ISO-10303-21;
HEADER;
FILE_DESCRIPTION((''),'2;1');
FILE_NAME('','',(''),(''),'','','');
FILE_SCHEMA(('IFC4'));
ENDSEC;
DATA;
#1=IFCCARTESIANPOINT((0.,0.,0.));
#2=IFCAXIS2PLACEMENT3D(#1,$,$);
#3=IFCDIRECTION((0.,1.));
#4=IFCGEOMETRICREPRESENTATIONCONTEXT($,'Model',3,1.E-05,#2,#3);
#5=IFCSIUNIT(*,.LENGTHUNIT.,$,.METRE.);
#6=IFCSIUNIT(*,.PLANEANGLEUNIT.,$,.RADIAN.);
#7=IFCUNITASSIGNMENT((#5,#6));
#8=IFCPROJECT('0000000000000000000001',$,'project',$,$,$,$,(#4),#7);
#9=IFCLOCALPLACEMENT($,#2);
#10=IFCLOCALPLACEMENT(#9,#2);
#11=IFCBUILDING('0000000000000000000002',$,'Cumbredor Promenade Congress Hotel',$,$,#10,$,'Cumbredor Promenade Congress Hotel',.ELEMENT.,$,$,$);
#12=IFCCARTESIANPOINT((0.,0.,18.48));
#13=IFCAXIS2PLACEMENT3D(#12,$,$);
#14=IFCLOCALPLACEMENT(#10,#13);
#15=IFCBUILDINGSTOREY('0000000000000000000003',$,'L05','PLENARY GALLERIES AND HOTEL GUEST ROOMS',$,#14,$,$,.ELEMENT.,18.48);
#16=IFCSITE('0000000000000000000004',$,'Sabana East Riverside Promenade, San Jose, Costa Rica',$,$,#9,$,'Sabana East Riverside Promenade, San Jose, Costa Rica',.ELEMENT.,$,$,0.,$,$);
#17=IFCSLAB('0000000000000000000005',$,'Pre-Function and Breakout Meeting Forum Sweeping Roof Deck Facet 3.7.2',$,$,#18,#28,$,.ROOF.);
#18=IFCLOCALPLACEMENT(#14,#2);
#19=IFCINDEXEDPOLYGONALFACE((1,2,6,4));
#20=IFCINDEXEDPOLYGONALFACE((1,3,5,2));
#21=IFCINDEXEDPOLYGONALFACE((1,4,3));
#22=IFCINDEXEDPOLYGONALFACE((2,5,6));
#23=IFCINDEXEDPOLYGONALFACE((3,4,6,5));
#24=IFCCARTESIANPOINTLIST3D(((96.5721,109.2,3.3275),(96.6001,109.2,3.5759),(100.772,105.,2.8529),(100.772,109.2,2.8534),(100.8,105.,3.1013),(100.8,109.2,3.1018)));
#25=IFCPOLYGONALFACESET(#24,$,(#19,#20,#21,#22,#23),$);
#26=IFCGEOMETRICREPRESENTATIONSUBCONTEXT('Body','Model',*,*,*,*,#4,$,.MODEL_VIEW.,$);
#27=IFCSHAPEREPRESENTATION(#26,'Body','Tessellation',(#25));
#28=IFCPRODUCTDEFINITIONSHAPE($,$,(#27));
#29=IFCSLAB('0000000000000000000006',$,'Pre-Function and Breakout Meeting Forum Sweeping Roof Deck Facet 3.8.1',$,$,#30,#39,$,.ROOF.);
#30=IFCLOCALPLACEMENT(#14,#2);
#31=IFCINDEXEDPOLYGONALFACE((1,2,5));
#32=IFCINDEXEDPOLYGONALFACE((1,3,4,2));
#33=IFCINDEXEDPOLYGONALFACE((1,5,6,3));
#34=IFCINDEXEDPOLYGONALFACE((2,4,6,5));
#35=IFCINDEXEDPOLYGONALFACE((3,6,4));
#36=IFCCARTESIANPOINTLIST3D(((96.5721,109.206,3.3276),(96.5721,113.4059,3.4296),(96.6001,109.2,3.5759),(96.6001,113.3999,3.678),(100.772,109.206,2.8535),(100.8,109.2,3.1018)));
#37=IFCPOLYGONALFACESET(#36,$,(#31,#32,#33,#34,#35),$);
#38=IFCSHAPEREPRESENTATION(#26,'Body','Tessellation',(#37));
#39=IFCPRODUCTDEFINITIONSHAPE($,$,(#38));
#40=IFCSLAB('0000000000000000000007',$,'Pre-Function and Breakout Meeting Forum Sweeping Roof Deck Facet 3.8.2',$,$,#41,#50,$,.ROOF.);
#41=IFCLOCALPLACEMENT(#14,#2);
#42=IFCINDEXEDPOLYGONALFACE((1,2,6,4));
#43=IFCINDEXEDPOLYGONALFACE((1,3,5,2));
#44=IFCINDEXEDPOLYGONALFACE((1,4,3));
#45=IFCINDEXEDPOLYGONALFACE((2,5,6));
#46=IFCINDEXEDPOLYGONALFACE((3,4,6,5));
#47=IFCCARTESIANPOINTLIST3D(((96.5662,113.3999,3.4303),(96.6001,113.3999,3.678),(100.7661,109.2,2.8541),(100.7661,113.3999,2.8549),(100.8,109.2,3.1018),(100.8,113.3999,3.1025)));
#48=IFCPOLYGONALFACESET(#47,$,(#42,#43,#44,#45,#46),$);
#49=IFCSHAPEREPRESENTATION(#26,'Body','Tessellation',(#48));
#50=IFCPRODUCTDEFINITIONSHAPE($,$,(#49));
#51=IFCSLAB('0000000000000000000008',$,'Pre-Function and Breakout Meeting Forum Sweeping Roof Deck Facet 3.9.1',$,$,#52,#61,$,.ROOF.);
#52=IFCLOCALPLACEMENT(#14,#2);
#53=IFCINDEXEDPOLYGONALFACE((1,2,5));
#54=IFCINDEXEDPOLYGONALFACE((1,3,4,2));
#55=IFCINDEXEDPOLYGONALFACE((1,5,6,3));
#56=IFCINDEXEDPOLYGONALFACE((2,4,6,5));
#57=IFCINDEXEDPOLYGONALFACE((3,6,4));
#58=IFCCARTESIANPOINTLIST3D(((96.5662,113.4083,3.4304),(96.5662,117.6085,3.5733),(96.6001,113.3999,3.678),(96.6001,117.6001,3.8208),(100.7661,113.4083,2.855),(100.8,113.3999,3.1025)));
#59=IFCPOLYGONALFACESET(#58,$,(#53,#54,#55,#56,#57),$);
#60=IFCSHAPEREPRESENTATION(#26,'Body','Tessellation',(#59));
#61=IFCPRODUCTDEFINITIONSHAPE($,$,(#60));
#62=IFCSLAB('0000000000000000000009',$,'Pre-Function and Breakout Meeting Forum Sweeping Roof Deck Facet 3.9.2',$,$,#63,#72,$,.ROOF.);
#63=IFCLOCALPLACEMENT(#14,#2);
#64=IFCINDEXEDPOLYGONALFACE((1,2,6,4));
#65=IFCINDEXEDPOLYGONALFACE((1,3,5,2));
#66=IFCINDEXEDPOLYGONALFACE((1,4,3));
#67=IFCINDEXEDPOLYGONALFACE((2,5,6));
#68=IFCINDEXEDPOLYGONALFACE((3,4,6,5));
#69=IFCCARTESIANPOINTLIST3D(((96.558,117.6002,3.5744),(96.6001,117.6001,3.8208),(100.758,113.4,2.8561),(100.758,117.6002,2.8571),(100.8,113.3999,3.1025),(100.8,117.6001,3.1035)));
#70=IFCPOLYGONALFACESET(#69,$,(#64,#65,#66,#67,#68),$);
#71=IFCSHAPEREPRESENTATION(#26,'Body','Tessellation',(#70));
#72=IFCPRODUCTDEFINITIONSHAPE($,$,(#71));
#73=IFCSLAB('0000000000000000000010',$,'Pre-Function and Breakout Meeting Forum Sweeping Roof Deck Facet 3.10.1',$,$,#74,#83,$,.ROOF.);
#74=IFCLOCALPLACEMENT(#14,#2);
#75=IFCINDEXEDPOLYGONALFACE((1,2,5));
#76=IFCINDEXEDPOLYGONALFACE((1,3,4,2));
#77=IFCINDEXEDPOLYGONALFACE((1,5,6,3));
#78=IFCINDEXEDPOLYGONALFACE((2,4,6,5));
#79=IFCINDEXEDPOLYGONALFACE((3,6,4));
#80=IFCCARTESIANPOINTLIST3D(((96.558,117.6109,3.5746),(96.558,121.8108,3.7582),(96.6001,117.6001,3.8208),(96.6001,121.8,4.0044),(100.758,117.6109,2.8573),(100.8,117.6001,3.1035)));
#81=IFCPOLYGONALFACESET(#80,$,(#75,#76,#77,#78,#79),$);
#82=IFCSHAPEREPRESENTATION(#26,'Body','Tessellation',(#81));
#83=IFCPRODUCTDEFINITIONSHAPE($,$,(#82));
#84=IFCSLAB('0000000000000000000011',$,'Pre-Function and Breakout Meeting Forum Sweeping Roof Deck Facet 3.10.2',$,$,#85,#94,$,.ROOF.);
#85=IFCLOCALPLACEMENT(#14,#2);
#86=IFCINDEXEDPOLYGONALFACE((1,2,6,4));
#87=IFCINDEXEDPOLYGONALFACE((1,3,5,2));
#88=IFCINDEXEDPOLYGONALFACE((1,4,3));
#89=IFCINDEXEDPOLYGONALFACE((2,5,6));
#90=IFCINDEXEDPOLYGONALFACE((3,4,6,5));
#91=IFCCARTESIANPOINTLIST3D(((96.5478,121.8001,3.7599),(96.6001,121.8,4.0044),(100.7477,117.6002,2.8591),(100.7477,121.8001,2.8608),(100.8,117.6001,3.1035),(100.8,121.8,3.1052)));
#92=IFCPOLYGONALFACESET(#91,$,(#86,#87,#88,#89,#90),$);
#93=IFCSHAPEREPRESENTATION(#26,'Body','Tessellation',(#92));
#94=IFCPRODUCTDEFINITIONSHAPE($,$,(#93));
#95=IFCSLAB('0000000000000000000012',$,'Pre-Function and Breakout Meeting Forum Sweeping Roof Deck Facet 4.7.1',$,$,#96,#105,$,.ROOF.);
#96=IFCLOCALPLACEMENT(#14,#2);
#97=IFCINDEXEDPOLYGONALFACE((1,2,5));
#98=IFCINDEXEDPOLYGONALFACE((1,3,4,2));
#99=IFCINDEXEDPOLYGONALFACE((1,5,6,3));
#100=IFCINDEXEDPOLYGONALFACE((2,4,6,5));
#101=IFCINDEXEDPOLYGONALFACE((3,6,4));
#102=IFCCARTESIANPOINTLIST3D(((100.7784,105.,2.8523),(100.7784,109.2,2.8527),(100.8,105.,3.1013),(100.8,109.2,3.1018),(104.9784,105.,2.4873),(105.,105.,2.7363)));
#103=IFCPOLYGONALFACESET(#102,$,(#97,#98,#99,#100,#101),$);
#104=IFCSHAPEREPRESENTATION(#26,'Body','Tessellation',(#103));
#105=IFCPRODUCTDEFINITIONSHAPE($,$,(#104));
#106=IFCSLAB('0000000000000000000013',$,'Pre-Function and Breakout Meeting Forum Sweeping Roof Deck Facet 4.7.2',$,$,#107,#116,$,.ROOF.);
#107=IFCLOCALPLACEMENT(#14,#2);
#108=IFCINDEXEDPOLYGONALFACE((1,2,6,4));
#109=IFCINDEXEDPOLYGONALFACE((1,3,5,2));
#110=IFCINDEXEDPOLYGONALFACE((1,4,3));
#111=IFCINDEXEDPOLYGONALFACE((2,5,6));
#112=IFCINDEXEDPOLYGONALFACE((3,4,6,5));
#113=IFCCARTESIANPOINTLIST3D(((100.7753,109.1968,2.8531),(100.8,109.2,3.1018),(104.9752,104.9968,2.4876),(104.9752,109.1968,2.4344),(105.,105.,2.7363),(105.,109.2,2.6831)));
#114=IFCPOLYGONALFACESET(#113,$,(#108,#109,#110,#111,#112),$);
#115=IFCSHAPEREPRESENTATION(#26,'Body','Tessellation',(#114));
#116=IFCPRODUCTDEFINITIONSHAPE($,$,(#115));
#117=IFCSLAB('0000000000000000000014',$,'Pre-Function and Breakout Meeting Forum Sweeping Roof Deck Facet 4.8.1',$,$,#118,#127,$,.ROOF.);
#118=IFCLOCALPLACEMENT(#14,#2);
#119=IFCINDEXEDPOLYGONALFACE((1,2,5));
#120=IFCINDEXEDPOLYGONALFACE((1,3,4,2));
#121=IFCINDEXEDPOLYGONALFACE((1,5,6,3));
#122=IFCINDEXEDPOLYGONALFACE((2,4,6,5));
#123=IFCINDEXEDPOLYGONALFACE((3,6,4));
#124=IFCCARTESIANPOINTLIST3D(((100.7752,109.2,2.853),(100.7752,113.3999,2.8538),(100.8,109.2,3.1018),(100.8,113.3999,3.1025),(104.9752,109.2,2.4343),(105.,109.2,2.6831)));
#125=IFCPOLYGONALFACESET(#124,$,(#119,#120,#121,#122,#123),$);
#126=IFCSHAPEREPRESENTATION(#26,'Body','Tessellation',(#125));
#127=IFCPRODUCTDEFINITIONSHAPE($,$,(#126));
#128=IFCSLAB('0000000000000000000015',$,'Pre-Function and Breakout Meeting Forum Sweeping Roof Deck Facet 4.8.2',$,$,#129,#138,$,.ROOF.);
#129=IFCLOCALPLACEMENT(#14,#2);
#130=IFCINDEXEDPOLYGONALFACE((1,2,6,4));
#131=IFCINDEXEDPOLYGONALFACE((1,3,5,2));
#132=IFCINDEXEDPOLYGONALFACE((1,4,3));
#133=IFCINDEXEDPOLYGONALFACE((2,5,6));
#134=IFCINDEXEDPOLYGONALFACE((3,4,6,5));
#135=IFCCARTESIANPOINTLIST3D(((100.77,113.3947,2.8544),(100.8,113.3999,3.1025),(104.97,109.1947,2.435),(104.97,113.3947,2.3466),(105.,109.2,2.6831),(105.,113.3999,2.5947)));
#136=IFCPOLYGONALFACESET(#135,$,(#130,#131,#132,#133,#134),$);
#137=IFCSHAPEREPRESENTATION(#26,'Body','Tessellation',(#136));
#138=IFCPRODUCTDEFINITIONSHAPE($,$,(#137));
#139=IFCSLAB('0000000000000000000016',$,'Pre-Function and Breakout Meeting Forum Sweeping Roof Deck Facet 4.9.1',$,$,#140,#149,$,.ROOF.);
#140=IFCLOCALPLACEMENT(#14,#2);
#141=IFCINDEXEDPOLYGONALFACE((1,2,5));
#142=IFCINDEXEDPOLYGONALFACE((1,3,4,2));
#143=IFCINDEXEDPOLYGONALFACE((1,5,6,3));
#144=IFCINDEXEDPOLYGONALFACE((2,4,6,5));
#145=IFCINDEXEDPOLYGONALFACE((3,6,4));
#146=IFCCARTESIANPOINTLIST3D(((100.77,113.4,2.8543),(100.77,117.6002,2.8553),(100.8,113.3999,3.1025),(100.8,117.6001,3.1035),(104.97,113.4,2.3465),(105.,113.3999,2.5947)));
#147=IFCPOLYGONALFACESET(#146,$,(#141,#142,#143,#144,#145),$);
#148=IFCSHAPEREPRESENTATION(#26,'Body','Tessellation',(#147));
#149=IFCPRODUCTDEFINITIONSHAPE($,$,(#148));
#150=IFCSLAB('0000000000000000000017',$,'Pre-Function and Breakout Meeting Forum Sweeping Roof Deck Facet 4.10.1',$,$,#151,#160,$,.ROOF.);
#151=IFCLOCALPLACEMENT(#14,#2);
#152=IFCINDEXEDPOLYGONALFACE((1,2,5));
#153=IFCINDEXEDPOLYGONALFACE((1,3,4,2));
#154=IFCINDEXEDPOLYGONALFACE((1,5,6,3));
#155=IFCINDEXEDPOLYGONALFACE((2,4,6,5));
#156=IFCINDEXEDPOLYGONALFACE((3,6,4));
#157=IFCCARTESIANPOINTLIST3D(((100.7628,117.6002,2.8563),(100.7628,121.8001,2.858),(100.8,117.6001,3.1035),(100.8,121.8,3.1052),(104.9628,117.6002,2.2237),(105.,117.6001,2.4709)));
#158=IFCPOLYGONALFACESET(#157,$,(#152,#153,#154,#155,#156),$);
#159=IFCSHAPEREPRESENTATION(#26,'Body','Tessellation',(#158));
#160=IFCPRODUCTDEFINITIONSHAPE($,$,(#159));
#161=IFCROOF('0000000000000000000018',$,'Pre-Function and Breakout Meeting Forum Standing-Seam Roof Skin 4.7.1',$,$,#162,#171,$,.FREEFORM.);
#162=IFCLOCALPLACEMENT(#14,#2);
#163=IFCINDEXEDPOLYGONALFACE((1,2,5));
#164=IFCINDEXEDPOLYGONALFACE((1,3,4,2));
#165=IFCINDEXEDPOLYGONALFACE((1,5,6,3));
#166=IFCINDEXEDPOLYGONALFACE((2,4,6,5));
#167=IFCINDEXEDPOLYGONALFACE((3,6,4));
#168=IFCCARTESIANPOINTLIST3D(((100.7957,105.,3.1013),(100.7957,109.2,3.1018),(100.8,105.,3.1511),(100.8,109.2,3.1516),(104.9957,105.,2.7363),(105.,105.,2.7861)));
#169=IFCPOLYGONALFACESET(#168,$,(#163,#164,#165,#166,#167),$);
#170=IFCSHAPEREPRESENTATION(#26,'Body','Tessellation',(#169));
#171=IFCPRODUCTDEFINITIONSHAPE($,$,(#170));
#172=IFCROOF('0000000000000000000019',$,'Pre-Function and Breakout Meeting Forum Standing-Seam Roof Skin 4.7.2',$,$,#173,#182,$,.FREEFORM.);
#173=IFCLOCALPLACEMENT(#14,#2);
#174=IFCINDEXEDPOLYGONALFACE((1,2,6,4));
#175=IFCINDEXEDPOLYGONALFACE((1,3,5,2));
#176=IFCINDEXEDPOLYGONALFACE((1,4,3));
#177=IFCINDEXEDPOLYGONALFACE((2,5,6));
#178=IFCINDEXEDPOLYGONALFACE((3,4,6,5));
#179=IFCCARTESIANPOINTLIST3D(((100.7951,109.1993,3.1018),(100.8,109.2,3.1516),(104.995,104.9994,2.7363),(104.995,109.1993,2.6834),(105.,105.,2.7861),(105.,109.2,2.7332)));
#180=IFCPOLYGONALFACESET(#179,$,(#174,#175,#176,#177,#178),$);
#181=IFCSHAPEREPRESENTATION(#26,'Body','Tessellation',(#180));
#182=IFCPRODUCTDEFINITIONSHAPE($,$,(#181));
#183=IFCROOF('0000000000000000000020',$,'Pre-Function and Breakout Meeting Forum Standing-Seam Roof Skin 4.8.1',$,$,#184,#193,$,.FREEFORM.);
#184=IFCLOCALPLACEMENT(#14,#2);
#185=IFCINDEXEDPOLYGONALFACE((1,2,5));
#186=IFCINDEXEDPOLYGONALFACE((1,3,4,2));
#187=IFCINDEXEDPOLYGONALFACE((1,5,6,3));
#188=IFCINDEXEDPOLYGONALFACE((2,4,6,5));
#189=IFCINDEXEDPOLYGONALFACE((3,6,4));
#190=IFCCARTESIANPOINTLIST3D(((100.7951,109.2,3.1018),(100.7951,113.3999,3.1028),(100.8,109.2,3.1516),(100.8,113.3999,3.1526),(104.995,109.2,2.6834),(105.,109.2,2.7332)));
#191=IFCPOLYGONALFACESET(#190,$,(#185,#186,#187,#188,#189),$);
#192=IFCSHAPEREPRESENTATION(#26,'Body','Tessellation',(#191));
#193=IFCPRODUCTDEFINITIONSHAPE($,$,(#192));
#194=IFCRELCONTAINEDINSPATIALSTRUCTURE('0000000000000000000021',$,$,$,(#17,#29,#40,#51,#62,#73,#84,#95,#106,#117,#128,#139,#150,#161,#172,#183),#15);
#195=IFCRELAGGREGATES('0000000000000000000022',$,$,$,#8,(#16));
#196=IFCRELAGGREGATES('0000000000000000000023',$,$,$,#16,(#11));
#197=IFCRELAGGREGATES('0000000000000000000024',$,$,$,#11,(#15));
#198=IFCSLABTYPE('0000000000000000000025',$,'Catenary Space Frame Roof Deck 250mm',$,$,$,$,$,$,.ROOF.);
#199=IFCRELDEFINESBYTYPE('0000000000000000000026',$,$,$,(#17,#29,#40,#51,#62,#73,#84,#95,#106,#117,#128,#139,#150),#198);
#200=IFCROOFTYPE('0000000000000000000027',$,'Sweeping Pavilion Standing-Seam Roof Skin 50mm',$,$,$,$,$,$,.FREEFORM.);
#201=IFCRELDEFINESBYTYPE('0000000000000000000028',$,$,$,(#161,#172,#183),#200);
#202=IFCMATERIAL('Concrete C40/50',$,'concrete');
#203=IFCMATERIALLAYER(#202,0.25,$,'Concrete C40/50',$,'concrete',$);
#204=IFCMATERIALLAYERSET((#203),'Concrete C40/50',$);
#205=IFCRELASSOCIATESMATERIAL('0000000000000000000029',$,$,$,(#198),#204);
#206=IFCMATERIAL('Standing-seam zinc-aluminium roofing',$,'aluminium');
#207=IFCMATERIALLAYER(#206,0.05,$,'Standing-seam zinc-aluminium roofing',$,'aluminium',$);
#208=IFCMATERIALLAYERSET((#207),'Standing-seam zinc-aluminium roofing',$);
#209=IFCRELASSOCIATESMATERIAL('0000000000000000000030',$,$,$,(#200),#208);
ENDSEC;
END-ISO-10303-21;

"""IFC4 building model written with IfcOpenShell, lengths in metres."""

from ifc_helpers import new_model, si_unit, direction, frame, origin, place, context, subcontext, project, spatial, polyline, outline, extrude, material, layer, layer_set, type_object, element, save


model = new_model("IFC4")

# Units and contexts
model_context = context("Model", 3, precision=1e-05, world=origin(), true_north=direction((0.0, 1.0)))
body_context = subcontext(model_context, "Body", "Model", "MODEL_VIEW")
ifc_project = project(units=[si_unit("LENGTHUNIT", "METRE"), si_unit("PLANEANGLEUNIT", "RADIAN")], contexts=[model_context])

# Site, building, storey
site_placement = place(None, origin())
site = spatial("IfcSite", under=ifc_project, at=site_placement, Name="Sabana East Riverside Promenade, San Jose, Costa Rica", LongName="Sabana East Riverside Promenade, San Jose, Costa Rica", CompositionType="ELEMENT", RefElevation=0.0)
building_placement = place(site_placement, origin())
building = spatial("IfcBuilding", under=site, at=building_placement, Name="Cumbredor Promenade Congress Hotel", LongName="Cumbredor Promenade Congress Hotel", CompositionType="ELEMENT")
storey_placement = place(building_placement, frame((0.0, 0.0, 18.48)))
storey = spatial("IfcBuildingStorey", under=building, at=storey_placement, Name="L05", Description="PLENARY GALLERIES AND HOTEL GUEST ROOMS", CompositionType="ELEMENT", Elevation=18.48)

# Slabs
ifc_material_1 = material(Name="Concrete C40/50", Category="concrete")
ifc_layer_1 = layer(ifc_material_1, 0.25, Name="Concrete C40/50", Category="concrete")
ifc_layer_set_1 = layer_set([ifc_layer_1], Name="Concrete C40/50")
slab_type = type_object("IfcSlabType", Name="Catenary Space Frame Roof Deck 250mm", PredefinedType="ROOF", material=ifc_layer_set_1)
slab_1_placement = place(storey_placement, frame((100.8, 105.0, 3.1013), z_axis=(0.112175, -0.000116, 0.993688), x_axis=(0.0, 1.0, 0.000116)))
element("IfcSlab", 1, at=slab_1_placement, inside=storey, type_object=slab_type, Name="Pre-Function and Breakout Meeting Forum Sweeping Roof Deck Facet 3.7.2", PredefinedType="ROOF", context=body_context, shape_type="SweptSolid", body=[
    extrude(outline(polyline([(0.0, 0.0), (4.2, 0.0), (4.2, 4.2266), (0.0, 0.0)])), origin(), (0.0, 0.0, -1.0), 0.25),
])
slab_2_placement = place(storey_placement, frame((96.6001, 109.2, 3.5759), z_axis=(0.112142, -0.024138, 0.993399), x_axis=(0.993688, 0.0, -0.112175)))
element("IfcSlab", 2, at=slab_2_placement, inside=storey, type_object=slab_type, Name="Pre-Function and Breakout Meeting Forum Sweeping Roof Deck Facet 3.8.1", PredefinedType="ROOF", context=body_context, shape_type="SweptSolid", body=[
    extrude(outline(polyline([(0.0, 0.0), (4.2266, 0.0), (-0.0114, 4.2012), (0.0, 0.0)])), origin(), (0.0, 0.0, -1.0), 0.25),
])
slab_3_placement = place(storey_placement, frame((100.8, 109.2, 3.1018), z_axis=(0.135743, -0.000173, 0.990744), x_axis=(0.0, 1.0, 0.000174)))
element("IfcSlab", 3, at=slab_3_placement, inside=storey, type_object=slab_type, Name="Pre-Function and Breakout Meeting Forum Sweeping Roof Deck Facet 3.8.2", PredefinedType="ROOF", context=body_context, shape_type="SweptSolid", body=[
    extrude(outline(polyline([(0.0, 0.0), (4.2, 0.0), (4.2001, 4.2392), (0.0, 0.0)])), origin(), (0.0, 0.0, -1.0), 0.25),
])
slab_4_placement = place(storey_placement, frame((96.6001, 113.3999, 3.678), z_axis=(0.135666, -0.03367, 0.990182), x_axis=(0.990744, 0.0, -0.135743)))
element("IfcSlab", 4, at=slab_4_placement, inside=storey, type_object=slab_type, Name="Pre-Function and Breakout Meeting Forum Sweeping Roof Deck Facet 3.9.1", PredefinedType="ROOF", context=body_context, shape_type="SweptSolid", body=[
    extrude(outline(polyline([(0.0, 0.0), (4.2392, 0.0), (-0.0194, 4.2026), (0.0, 0.0)])), origin(), (0.0, 0.0, -1.0), 0.25),
])
slab_5_placement = place(storey_placement, frame((100.8, 113.3999, 3.1025), z_axis=(0.168347, -0.000229, 0.985728), x_axis=(0.0, 1.0, 0.000233)))
element("IfcSlab", 5, at=slab_5_placement, inside=storey, type_object=slab_type, Name="Pre-Function and Breakout Meeting Forum Sweeping Roof Deck Facet 3.9.2", PredefinedType="ROOF", context=body_context, shape_type="SweptSolid", body=[
    extrude(outline(polyline([(0.0, 0.0), (4.2002, 0.0), (4.2004, 4.2608), (0.0, 0.0)])), origin(), (0.0, 0.0, -1.0), 0.25),
])
slab_6_placement = place(storey_placement, frame((96.6001, 117.6001, 3.8208), z_axis=(0.168191, -0.043049, 0.984814), x_axis=(0.985728, 0.0, -0.168347)))
element("IfcSlab", 6, at=slab_6_placement, inside=storey, type_object=slab_type, Name="Pre-Function and Breakout Meeting Forum Sweeping Roof Deck Facet 3.10.1", PredefinedType="ROOF", context=body_context, shape_type="SweptSolid", body=[
    extrude(outline(polyline([(0.0, 0.0), (4.2608, 0.0), (-0.0309, 4.2038), (0.0, 0.0)])), origin(), (0.0, 0.0, -1.0), 0.25),
])
slab_7_placement = place(storey_placement, frame((100.8, 117.6001, 3.1035), z_axis=(0.209347, -0.000398, 0.977841), x_axis=(0.0, 1.0, 0.000407)))
element("IfcSlab", 7, at=slab_7_placement, inside=storey, type_object=slab_type, Name="Pre-Function and Breakout Meeting Forum Sweeping Roof Deck Facet 3.10.2", PredefinedType="ROOF", context=body_context, shape_type="SweptSolid", body=[
    extrude(outline(polyline([(0.0, 0.0), (4.2, 0.0), (4.2003, 4.2951), (0.0, 0.0)])), origin(), (0.0, 0.0, -1.0), 0.25),
])
slab_8_placement = place(storey_placement, frame((100.8, 105.0, 3.1013), z_axis=(0.086577, -0.000116, 0.996245), x_axis=(0.996245, 0.0, -0.086577)))
element("IfcSlab", 8, at=slab_8_placement, inside=storey, type_object=slab_type, Name="Pre-Function and Breakout Meeting Forum Sweeping Roof Deck Facet 4.7.1", PredefinedType="ROOF", context=body_context, shape_type="SweptSolid", body=[
    extrude(outline(polyline([(0.0, 0.0), (4.2158, 0.0), (0.0, 4.2), (0.0, 0.0)])), origin(), (0.0, 0.0, -1.0), 0.25),
])
slab_9_placement = place(storey_placement, frame((105.0, 105.0, 2.7363), z_axis=(0.099192, 0.012609, 0.994988), x_axis=(0.0, 0.99992, -0.012671)))
element("IfcSlab", 9, at=slab_9_placement, inside=storey, type_object=slab_type, Name="Pre-Function and Breakout Meeting Forum Sweeping Roof Deck Facet 4.7.2", PredefinedType="ROOF", context=body_context, shape_type="SweptSolid", body=[
    extrude(outline(polyline([(0.0, 0.0), (4.2003, 0.0), (4.195, 4.2208), (0.0, 0.0)])), origin(), (0.0, 0.0, -1.0), 0.25),
])
slab_10_placement = place(storey_placement, frame((100.8, 109.2, 3.1018), z_axis=(0.0992, -0.000174, 0.995067), x_axis=(0.995067, 0.0, -0.0992)))
element("IfcSlab", 10, at=slab_10_placement, inside=storey, type_object=slab_type, Name="Pre-Function and Breakout Meeting Forum Sweeping Roof Deck Facet 4.8.1", PredefinedType="ROOF", context=body_context, shape_type="SweptSolid", body=[
    extrude(outline(polyline([(0.0, 0.0), (4.2208, 0.0), (-0.0001, 4.2), (0.0, 0.0)])), origin(), (0.0, 0.0, -1.0), 0.25),
])
slab_11_placement = place(storey_placement, frame((105.0, 109.2, 2.6831), z_axis=(0.120009, 0.020886, 0.992553), x_axis=(0.0, 0.999779, -0.021038)))
element("IfcSlab", 11, at=slab_11_placement, inside=storey, type_object=slab_type, Name="Pre-Function and Breakout Meeting Forum Sweeping Roof Deck Facet 4.8.2", PredefinedType="ROOF", context=body_context, shape_type="SweptSolid", body=[
    extrude(outline(polyline([(0.0, 0.0), (4.2009, 0.0), (4.1902, 4.2305), (0.0, 0.0)])), origin(), (0.0, 0.0, -1.0), 0.25),
])
slab_12_placement = place(storey_placement, frame((100.8, 113.3999, 3.1025), z_axis=(0.120035, -0.000231, 0.99277), x_axis=(0.99277, 0.0, -0.120035)))
element("IfcSlab", 12, at=slab_12_placement, inside=storey, type_object=slab_type, Name="Pre-Function and Breakout Meeting Forum Sweeping Roof Deck Facet 4.9.1", PredefinedType="ROOF", context=body_context, shape_type="SweptSolid", body=[
    extrude(outline(polyline([(0.0, 0.0), (4.2305, 0.0), (-0.0001, 4.2002), (0.0, 0.0)])), origin(), (0.0, 0.0, -1.0), 0.25),
])
slab_13_placement = place(storey_placement, frame((100.8, 117.6001, 3.1035), z_axis=(0.148933, -0.000402, 0.988847), x_axis=(0.988847, 0.0, -0.148934)))
element("IfcSlab", 13, at=slab_13_placement, inside=storey, type_object=slab_type, Name="Pre-Function and Breakout Meeting Forum Sweeping Roof Deck Facet 4.10.1", PredefinedType="ROOF", context=body_context, shape_type="SweptSolid", body=[
    extrude(outline(polyline([(0.0, 0.0), (4.2473, 0.0), (-0.0003, 4.2), (0.0, 0.0)])), origin(), (0.0, 0.0, -1.0), 0.25),
])

# Roofs
ifc_material_2 = material(Name="Standing-seam zinc-aluminium roofing", Category="aluminium")
ifc_layer_2 = layer(ifc_material_2, 0.05, Name="Standing-seam zinc-aluminium roofing", Category="aluminium")
ifc_layer_set_2 = layer_set([ifc_layer_2], Name="Standing-seam zinc-aluminium roofing")
roof_type = type_object("IfcRoofType", Name="Sweeping Pavilion Standing-Seam Roof Skin 50mm", PredefinedType="FREEFORM", material=ifc_layer_set_2)
roof_1_placement = place(storey_placement, frame((100.8, 105.0, 3.1511), z_axis=(0.086577, -0.000116, 0.996245), x_axis=(0.996245, 0.0, -0.086577)))
element("IfcRoof", 14, at=roof_1_placement, inside=storey, type_object=roof_type, Name="Pre-Function and Breakout Meeting Forum Standing-Seam Roof Skin 4.7.1", PredefinedType="FREEFORM", context=body_context, shape_type="SweptSolid", body=[
    extrude(outline(polyline([(0.0, 0.0), (4.2158, 0.0), (0.0, 4.2), (0.0, 0.0)])), origin(), (0.0, 0.0, -1.0), 0.05),
])
roof_2_placement = place(storey_placement, frame((105.0, 105.0, 2.7861), z_axis=(0.099135, 0.012551, 0.994995), x_axis=(0.0, 0.99992, -0.012613)))
element("IfcRoof", 15, at=roof_2_placement, inside=storey, type_object=roof_type, Name="Pre-Function and Breakout Meeting Forum Standing-Seam Roof Skin 4.7.2", PredefinedType="FREEFORM", context=body_context, shape_type="SweptSolid", body=[
    extrude(outline(polyline([(0.0, 0.0), (4.2003, 0.0), (4.195, 4.2207), (0.0, 0.0)])), origin(), (0.0, 0.0, -1.0), 0.05),
])
roof_3_placement = place(storey_placement, frame((100.8, 109.2, 3.1516), z_axis=(0.099143, -0.000231, 0.995073), x_axis=(0.995073, 0.0, -0.099143)))
element("IfcRoof", 16, at=roof_3_placement, inside=storey, type_object=roof_type, Name="Pre-Function and Breakout Meeting Forum Standing-Seam Roof Skin 4.8.1", PredefinedType="FREEFORM", context=body_context, shape_type="SweptSolid", body=[
    extrude(outline(polyline([(0.0, 0.0), (4.2207, 0.0), (-0.0001, 4.2), (0.0, 0.0)])), origin(), (0.0, 0.0, -1.0), 0.05),
])

save(model, "model.ifc")
